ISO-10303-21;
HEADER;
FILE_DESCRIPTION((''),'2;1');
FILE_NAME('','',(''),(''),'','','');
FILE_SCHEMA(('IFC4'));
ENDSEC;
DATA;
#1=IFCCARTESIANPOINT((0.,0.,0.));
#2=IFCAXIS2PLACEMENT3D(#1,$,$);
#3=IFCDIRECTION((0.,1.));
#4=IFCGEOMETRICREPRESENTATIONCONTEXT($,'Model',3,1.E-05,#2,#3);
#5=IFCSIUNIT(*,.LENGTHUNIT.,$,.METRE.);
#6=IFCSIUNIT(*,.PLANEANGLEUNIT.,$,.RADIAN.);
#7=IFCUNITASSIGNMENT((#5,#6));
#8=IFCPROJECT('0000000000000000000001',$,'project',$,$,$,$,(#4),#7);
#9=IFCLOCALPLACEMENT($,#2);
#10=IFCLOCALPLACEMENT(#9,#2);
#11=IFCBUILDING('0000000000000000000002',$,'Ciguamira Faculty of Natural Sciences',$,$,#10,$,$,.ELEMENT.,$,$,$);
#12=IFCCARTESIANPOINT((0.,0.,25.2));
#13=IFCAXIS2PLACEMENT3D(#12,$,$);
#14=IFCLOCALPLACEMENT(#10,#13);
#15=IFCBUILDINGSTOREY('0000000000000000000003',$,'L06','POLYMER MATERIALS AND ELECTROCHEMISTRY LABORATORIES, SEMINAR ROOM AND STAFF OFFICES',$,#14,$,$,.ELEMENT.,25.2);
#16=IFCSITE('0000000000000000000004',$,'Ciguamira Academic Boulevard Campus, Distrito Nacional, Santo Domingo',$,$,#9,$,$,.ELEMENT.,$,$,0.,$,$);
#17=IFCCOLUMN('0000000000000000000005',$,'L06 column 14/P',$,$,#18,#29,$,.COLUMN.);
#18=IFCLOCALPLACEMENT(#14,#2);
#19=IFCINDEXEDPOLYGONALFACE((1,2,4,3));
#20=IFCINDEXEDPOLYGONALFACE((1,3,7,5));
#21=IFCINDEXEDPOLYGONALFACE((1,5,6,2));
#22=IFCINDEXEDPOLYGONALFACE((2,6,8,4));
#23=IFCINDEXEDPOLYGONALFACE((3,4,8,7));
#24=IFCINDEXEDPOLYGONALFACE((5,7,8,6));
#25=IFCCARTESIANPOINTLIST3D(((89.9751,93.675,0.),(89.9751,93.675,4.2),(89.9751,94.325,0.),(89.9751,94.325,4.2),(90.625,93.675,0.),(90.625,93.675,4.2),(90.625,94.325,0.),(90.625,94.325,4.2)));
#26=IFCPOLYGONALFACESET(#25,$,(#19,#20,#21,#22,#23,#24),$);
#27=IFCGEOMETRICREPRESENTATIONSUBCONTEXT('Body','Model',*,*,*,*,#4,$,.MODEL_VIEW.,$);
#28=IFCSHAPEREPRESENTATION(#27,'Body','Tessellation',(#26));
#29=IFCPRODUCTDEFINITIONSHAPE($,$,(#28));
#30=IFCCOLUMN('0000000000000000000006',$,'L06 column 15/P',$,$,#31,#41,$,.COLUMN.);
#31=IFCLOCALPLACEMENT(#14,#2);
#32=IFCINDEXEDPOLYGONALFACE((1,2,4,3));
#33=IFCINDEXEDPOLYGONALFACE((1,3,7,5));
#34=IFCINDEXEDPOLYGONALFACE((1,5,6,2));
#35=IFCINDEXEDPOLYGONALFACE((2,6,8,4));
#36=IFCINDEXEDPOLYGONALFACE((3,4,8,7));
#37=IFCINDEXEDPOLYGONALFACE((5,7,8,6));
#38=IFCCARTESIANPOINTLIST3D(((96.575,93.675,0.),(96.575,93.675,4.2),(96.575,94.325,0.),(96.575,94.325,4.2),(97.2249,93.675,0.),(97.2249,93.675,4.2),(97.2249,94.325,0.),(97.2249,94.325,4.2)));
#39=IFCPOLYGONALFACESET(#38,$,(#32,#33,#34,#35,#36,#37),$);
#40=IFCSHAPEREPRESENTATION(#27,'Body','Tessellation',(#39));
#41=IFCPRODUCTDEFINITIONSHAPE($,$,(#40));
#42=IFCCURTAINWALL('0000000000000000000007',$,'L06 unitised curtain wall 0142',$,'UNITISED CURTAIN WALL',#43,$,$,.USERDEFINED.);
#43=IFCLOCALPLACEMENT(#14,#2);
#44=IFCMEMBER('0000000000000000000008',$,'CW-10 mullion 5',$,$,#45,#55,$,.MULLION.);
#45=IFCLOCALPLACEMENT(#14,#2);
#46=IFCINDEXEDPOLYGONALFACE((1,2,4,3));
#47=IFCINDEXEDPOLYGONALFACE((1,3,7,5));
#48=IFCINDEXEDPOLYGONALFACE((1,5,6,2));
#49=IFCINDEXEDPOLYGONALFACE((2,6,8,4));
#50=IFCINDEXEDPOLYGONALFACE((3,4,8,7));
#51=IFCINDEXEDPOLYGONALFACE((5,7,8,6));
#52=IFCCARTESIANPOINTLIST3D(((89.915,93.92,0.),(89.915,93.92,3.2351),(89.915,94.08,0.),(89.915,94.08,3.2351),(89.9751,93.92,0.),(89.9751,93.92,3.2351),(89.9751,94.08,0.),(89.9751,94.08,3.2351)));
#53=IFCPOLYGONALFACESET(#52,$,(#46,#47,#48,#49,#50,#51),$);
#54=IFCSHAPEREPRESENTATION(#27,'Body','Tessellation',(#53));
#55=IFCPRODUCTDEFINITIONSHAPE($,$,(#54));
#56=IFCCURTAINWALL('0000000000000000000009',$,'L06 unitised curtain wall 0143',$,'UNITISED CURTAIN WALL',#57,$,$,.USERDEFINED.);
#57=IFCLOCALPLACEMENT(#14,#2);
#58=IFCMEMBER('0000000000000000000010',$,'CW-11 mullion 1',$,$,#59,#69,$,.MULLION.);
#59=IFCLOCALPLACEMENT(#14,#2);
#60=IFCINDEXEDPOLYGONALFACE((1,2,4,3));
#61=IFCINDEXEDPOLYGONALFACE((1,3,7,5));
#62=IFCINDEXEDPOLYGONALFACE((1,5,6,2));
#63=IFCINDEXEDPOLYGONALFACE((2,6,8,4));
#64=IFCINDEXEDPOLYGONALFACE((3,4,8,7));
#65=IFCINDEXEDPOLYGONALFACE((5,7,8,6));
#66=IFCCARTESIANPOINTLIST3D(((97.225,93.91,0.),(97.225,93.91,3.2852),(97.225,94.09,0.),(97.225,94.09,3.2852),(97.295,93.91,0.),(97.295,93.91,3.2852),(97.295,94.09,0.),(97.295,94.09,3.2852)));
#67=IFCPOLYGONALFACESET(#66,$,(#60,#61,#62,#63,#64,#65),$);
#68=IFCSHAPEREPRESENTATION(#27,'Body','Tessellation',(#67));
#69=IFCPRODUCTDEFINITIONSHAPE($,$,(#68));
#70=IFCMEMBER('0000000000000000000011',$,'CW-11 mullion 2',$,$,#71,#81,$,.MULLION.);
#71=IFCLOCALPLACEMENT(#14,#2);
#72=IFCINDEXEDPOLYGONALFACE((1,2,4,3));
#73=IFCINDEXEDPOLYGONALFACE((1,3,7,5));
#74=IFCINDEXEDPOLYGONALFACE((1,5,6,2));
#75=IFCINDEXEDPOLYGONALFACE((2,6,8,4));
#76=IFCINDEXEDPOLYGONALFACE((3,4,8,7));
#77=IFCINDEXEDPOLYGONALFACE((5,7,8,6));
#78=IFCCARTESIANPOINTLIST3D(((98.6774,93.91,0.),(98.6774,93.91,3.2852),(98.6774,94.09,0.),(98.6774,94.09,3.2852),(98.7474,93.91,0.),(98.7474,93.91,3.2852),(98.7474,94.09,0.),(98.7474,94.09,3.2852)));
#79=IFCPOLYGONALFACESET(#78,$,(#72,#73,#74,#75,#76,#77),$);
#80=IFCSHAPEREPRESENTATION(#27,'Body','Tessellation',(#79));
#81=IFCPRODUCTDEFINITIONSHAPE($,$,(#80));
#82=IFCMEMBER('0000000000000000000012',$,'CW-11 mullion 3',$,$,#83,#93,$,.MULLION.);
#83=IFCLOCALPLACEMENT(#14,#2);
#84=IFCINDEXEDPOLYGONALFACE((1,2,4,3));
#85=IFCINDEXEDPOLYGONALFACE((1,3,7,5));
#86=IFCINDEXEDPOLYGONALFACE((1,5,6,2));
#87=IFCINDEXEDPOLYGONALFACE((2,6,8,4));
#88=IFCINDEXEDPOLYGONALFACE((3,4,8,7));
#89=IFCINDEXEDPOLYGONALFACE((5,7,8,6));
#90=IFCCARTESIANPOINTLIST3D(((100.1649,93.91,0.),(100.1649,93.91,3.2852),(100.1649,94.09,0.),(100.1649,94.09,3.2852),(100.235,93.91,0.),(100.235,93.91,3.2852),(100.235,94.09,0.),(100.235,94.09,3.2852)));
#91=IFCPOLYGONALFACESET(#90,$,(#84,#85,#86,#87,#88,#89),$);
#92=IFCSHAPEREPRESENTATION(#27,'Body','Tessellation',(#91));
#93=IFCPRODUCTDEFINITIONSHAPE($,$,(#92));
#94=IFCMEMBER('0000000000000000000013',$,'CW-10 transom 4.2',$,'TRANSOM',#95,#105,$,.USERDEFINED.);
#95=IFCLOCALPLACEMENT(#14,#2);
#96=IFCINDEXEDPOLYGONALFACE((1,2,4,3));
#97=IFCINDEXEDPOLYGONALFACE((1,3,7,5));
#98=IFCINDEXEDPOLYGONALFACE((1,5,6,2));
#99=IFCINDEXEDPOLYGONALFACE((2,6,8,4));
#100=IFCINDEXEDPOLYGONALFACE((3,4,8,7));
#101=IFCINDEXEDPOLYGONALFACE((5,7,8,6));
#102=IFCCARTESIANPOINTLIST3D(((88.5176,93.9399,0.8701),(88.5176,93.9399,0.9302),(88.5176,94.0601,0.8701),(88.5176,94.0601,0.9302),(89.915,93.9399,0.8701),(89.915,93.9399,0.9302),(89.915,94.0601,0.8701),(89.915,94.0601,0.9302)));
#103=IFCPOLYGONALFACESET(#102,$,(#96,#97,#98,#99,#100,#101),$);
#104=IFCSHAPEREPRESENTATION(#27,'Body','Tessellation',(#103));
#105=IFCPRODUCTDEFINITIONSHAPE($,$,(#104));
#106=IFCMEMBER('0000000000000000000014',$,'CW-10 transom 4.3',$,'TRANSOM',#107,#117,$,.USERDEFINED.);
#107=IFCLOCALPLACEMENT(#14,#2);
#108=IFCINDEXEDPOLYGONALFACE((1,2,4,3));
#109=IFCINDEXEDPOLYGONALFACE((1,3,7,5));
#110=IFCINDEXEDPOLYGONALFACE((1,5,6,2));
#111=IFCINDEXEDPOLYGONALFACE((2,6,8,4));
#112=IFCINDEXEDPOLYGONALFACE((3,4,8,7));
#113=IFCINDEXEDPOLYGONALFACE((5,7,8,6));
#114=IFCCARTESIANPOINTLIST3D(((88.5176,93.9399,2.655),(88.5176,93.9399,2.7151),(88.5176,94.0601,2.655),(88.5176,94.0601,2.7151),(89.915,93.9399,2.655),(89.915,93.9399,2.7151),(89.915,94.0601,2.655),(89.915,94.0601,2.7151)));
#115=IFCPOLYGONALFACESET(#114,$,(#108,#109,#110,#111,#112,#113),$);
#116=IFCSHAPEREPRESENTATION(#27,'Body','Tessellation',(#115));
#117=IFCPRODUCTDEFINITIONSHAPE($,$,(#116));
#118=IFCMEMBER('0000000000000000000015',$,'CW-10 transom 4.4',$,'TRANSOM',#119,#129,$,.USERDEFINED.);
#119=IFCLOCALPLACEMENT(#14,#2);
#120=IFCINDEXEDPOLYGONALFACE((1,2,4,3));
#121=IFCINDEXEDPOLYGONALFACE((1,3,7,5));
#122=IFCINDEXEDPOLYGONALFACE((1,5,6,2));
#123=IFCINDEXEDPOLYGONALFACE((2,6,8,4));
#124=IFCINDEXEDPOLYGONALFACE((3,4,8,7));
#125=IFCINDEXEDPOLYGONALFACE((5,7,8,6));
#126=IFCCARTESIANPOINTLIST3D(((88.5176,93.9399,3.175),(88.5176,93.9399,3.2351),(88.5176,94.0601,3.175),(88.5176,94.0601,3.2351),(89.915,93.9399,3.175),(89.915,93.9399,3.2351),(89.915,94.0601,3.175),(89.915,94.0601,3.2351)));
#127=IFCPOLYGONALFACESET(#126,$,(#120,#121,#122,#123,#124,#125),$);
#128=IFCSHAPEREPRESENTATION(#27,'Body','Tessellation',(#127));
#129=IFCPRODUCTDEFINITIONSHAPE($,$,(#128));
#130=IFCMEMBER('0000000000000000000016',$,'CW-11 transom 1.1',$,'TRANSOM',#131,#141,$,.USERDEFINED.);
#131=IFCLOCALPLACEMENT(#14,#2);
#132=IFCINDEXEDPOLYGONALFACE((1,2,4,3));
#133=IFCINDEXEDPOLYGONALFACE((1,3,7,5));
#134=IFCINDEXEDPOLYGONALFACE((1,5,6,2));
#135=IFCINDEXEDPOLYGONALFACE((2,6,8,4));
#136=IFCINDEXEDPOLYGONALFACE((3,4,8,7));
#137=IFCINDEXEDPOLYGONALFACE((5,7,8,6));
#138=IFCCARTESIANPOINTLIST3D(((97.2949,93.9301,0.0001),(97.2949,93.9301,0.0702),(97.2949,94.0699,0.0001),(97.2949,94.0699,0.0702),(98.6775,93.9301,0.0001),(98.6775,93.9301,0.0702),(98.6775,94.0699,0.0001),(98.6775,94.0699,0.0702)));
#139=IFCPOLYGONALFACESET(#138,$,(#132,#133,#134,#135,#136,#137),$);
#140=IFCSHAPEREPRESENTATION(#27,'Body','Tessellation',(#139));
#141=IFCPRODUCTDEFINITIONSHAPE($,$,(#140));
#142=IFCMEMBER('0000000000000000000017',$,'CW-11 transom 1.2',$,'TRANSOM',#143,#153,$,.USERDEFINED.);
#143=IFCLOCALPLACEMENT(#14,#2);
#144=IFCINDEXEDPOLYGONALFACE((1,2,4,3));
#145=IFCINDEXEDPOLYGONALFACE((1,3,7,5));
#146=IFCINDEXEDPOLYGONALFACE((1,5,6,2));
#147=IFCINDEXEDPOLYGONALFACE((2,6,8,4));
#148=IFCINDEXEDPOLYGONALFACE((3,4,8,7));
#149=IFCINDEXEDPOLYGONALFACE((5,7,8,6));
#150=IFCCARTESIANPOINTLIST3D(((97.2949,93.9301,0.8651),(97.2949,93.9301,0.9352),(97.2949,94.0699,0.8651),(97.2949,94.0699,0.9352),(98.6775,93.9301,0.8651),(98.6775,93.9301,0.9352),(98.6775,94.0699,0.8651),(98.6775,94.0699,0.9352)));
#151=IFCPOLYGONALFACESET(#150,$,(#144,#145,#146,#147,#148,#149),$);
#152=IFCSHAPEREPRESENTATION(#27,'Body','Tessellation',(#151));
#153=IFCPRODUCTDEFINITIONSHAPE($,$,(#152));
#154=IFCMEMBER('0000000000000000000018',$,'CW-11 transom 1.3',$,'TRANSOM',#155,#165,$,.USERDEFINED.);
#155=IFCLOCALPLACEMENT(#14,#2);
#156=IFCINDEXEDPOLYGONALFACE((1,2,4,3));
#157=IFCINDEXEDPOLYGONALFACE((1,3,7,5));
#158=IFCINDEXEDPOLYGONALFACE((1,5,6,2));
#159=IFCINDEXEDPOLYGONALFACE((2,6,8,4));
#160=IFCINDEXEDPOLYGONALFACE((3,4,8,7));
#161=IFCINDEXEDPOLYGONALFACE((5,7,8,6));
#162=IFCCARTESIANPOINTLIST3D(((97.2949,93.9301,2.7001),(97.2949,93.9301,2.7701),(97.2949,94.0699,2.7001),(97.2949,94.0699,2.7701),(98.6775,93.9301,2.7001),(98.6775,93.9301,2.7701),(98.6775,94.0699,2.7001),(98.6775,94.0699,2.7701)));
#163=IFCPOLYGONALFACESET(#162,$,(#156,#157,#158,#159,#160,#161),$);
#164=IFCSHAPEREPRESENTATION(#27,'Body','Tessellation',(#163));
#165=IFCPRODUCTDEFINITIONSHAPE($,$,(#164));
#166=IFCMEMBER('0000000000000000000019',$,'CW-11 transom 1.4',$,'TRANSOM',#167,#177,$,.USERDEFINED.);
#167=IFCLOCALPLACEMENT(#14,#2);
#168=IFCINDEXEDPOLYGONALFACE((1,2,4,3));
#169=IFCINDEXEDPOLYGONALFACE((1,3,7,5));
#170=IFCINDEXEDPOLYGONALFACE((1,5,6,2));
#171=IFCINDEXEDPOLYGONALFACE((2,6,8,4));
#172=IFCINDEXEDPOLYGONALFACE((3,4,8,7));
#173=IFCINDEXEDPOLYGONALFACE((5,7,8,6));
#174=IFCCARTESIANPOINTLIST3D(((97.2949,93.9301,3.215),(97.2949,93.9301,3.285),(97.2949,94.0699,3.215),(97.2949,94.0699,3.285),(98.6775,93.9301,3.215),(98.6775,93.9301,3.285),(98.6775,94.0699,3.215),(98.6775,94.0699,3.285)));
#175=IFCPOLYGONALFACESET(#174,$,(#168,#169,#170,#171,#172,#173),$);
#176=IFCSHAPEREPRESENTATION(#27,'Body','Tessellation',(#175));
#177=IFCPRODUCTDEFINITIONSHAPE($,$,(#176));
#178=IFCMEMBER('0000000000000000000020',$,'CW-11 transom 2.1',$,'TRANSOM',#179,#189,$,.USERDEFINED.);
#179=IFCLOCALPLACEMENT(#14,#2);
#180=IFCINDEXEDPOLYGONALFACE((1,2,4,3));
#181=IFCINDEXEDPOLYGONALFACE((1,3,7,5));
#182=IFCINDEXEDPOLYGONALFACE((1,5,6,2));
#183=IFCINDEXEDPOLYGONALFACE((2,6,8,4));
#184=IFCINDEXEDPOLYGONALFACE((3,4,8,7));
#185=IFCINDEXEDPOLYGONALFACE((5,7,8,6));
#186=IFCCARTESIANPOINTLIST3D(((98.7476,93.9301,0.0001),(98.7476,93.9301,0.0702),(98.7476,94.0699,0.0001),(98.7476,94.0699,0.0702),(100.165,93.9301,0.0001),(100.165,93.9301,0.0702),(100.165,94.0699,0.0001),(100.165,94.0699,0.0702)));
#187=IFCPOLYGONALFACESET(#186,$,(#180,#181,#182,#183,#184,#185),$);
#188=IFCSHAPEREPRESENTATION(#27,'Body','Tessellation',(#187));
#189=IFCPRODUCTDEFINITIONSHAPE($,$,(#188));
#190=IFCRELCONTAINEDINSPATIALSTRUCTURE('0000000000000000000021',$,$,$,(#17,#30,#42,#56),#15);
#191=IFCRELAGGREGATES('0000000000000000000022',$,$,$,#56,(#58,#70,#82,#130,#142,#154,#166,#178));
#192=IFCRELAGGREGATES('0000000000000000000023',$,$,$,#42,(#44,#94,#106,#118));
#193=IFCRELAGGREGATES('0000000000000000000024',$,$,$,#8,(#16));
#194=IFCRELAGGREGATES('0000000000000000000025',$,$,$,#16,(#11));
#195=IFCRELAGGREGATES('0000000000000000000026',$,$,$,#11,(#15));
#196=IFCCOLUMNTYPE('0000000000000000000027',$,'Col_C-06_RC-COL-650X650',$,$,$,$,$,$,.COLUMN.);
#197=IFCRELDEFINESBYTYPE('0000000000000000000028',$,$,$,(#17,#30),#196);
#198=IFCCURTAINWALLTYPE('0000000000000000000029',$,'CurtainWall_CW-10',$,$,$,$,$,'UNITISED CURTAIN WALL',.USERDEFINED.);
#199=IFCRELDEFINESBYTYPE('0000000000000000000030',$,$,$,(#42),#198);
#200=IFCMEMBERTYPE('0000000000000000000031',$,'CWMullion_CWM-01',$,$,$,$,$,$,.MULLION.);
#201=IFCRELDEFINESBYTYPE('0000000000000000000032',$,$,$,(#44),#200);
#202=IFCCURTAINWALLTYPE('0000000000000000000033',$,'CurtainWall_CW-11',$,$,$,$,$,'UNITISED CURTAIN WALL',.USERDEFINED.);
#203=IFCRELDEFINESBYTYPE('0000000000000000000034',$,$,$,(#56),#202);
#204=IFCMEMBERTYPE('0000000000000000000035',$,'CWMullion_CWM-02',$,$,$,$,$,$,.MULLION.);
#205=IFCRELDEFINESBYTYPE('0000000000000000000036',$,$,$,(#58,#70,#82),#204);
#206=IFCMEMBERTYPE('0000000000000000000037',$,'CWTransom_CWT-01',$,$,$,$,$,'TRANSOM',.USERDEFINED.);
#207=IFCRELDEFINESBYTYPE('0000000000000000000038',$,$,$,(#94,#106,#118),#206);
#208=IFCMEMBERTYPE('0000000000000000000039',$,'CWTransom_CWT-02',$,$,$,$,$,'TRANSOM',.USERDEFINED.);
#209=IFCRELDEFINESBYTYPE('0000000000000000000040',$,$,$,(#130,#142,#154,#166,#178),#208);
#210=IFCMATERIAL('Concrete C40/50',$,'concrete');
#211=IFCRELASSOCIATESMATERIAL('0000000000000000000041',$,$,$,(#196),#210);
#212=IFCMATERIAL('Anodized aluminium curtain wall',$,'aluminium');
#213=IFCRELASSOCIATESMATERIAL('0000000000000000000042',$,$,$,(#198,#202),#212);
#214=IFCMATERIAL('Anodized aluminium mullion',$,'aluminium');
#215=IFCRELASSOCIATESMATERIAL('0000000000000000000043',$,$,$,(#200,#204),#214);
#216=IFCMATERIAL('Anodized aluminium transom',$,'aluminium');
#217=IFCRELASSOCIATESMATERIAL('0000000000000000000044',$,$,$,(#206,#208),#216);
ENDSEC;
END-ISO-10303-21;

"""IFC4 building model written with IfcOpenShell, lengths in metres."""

from ifc_helpers import new_model, si_unit, direction, frame, origin, origin_2d, place, context, subcontext, project, spatial, rectangle, extrude, material, material_profile, profile_set, type_object, element, aggregate, save


model = new_model("IFC4")

# Units and contexts
model_context = context("Model", 3, precision=1e-05, world=origin(), true_north=direction((0.0, 1.0)))
body_context = subcontext(model_context, "Body", "Model", "MODEL_VIEW")
ifc_project = project(units=[si_unit("LENGTHUNIT", "METRE"), si_unit("PLANEANGLEUNIT", "RADIAN")], contexts=[model_context])

# Site, building, storey
site_placement = place(None, origin())
site = spatial("IfcSite", under=ifc_project, at=site_placement, Name="Ciguamira Academic Boulevard Campus, Distrito Nacional, Santo Domingo", CompositionType="ELEMENT", RefElevation=0.0)
building_placement = place(site_placement, origin())
building = spatial("IfcBuilding", under=site, at=building_placement, Name="Ciguamira Faculty of Natural Sciences", CompositionType="ELEMENT")
storey_placement = place(building_placement, frame((0.0, 0.0, 25.2)))
storey = spatial("IfcBuildingStorey", under=building, at=storey_placement, Name="L06", Description="POLYMER MATERIALS AND ELECTROCHEMISTRY LABORATORIES, SEMINAR ROOM AND STAFF OFFICES", CompositionType="ELEMENT", Elevation=25.2)

# Columns
ifc_material_1 = material(Name="Concrete C40/50", Category="concrete")
ifc_material_profile_1 = material_profile(ifc_material_1, rectangle(XDim=0.6499, YDim=0.6499, at=origin_2d()), Name="RC-COL-650X650")
ifc_profile_set_1 = profile_set([ifc_material_profile_1], Name="Concrete C40/50")
column_type = type_object("IfcColumnType", Name="Col_C-06_RC-COL-650X650", PredefinedType="COLUMN", material=ifc_profile_set_1)
for number, where, z_axis, x_axis, name in (
    (1, (90.3, 94.0, 0.0), (0.0, 0.0, 1.0), (1.0, 0.0, 0.0), "L06 column 14/P"),
    (2, (96.8999, 94.0, 0.0), (0.0, 0.0, 1.0), (1.0, 0.0, 0.0), "L06 column 15/P"),
):
    element("IfcColumn", number, at=place(storey_placement, frame(where, z_axis=z_axis, x_axis=x_axis)), inside=storey, type_object=column_type, Name=name, PredefinedType="COLUMN", context=body_context, shape_type="SweptSolid", body=[
        extrude(rectangle(XDim=0.6499, YDim=0.6499, at=origin_2d()), origin(), (0.0, 0.0, 1.0), 4.2),
    ])

# Curtain wall, member
ifc_material_2 = material(Name="Anodized aluminium curtain wall", Category="aluminium")
curtain_wall_type_1 = type_object("IfcCurtainWallType", Name="CurtainWall_CW-10", ElementType="UNITISED CURTAIN WALL", PredefinedType="USERDEFINED", material=ifc_material_2)
curtain_wall_1_placement = place(storey_placement, origin())
curtain_wall_1 = element("IfcCurtainWall", 3, at=curtain_wall_1_placement, inside=storey, type_object=curtain_wall_type_1, Name="L06 unitised curtain wall 0142", ObjectType="UNITISED CURTAIN WALL", PredefinedType="USERDEFINED")
ifc_material_3 = material(Name="Anodized aluminium mullion", Category="aluminium")
ifc_material_profile_2 = material_profile(ifc_material_3, rectangle(XDim=0.0601, YDim=0.1599, at=origin_2d()), Name="ALU-MUL-60X160")
ifc_profile_set_2 = profile_set([ifc_material_profile_2], Name="Anodized aluminium mullion")
member_type_1 = type_object("IfcMemberType", Name="CWMullion_CWM-01", PredefinedType="MULLION", material=ifc_profile_set_2)
member_1_placement = place(storey_placement, frame((89.9451, 94.0, 0.0), z_axis=(0.0, 0.0, 1.0), x_axis=(1.0, 0.0, 0.0)))
member_1 = element("IfcMember", 4, at=member_1_placement, type_object=member_type_1, Name="CW-10 mullion 5", PredefinedType="MULLION", context=body_context, shape_type="SweptSolid", body=[
    extrude(rectangle(XDim=0.0601, YDim=0.1599, at=origin_2d()), origin(), (0.0, 0.0, 1.0), 3.2351),
])

# Curtain wall, members
curtain_wall_type_2 = type_object("IfcCurtainWallType", Name="CurtainWall_CW-11", ElementType="UNITISED CURTAIN WALL", PredefinedType="USERDEFINED", material=ifc_material_2)
curtain_wall_2_placement = place(storey_placement, origin())
curtain_wall_2 = element("IfcCurtainWall", 5, at=curtain_wall_2_placement, inside=storey, type_object=curtain_wall_type_2, Name="L06 unitised curtain wall 0143", ObjectType="UNITISED CURTAIN WALL", PredefinedType="USERDEFINED")
ifc_material_profile_3 = material_profile(ifc_material_3, rectangle(XDim=0.0701, YDim=0.1799, at=origin_2d()), Name="ALU-MUL-70X180")
ifc_profile_set_3 = profile_set([ifc_material_profile_3], Name="Anodized aluminium mullion")
member_type_2 = type_object("IfcMemberType", Name="CWMullion_CWM-02", PredefinedType="MULLION", material=ifc_profile_set_3)
member_2_placement = place(storey_placement, frame((97.26, 94.0, 0.0), z_axis=(0.0, 0.0, 1.0), x_axis=(1.0, 0.0, 0.0)))
member_2 = element("IfcMember", 6, at=member_2_placement, type_object=member_type_2, Name="CW-11 mullion 1", PredefinedType="MULLION", context=body_context, shape_type="SweptSolid", body=[
    extrude(rectangle(XDim=0.0701, YDim=0.1799, at=origin_2d()), origin(), (0.0, 0.0, 1.0), 3.2852),
])
member_3_placement = place(storey_placement, frame((98.7124, 94.0, 0.0), z_axis=(0.0, 0.0, 1.0), x_axis=(1.0, 0.0, 0.0)))
member_3 = element("IfcMember", 7, at=member_3_placement, type_object=member_type_2, Name="CW-11 mullion 2", PredefinedType="MULLION", context=body_context, shape_type="SweptSolid", body=[
    extrude(rectangle(XDim=0.0701, YDim=0.1799, at=origin_2d()), origin(), (0.0, 0.0, 1.0), 3.2852),
])
member_4_placement = place(storey_placement, frame((100.2, 94.0, 0.0), z_axis=(0.0, 0.0, 1.0), x_axis=(1.0, 0.0, 0.0)))
member_4 = element("IfcMember", 8, at=member_4_placement, type_object=member_type_2, Name="CW-11 mullion 3", PredefinedType="MULLION", context=body_context, shape_type="SweptSolid", body=[
    extrude(rectangle(XDim=0.0701, YDim=0.1799, at=origin_2d()), origin(), (0.0, 0.0, 1.0), 3.2852),
])

# Members
ifc_material_4 = material(Name="Anodized aluminium transom", Category="aluminium")
ifc_material_profile_4 = material_profile(ifc_material_4, rectangle(XDim=0.0601, YDim=0.1201, at=origin_2d()), Name="ALU-TRN-60X120")
ifc_profile_set_4 = profile_set([ifc_material_profile_4], Name="Anodized aluminium transom")
member_type_3 = type_object("IfcMemberType", Name="CWTransom_CWT-01", ElementType="TRANSOM", PredefinedType="USERDEFINED", material=ifc_profile_set_4)
member_5_placement = place(storey_placement, frame((88.5176, 94.0, 0.9001), z_axis=(1.0, 0.0, 0.0), x_axis=(0.0, 0.0, 1.0)))
member_5 = element("IfcMember", 9, at=member_5_placement, type_object=member_type_3, Name="CW-10 transom 4.2", ObjectType="TRANSOM", PredefinedType="USERDEFINED", context=body_context, shape_type="SweptSolid", body=[
    extrude(rectangle(XDim=0.0601, YDim=0.1201, at=origin_2d()), origin(), (0.0, 0.0, 1.0), 1.3975),
])
member_6_placement = place(storey_placement, frame((88.5176, 94.0, 2.6851), z_axis=(1.0, 0.0, 0.0), x_axis=(0.0, 0.0, 1.0)))
member_6 = element("IfcMember", 10, at=member_6_placement, type_object=member_type_3, Name="CW-10 transom 4.3", ObjectType="TRANSOM", PredefinedType="USERDEFINED", context=body_context, shape_type="SweptSolid", body=[
    extrude(rectangle(XDim=0.0601, YDim=0.1201, at=origin_2d()), origin(), (0.0, 0.0, 1.0), 1.3975),
])
member_7_placement = place(storey_placement, frame((88.5176, 94.0, 3.2051), z_axis=(1.0, 0.0, 0.0), x_axis=(0.0, 0.0, 1.0)))
member_7 = element("IfcMember", 11, at=member_7_placement, type_object=member_type_3, Name="CW-10 transom 4.4", ObjectType="TRANSOM", PredefinedType="USERDEFINED", context=body_context, shape_type="SweptSolid", body=[
    extrude(rectangle(XDim=0.0601, YDim=0.1201, at=origin_2d()), origin(), (0.0, 0.0, 1.0), 1.3975),
])
ifc_material_profile_5 = material_profile(ifc_material_4, rectangle(XDim=0.0701, YDim=0.1399, at=origin_2d()), Name="ALU-TRN-70X140")
ifc_profile_set_5 = profile_set([ifc_material_profile_5], Name="Anodized aluminium transom")
member_type_4 = type_object("IfcMemberType", Name="CWTransom_CWT-02", ElementType="TRANSOM", PredefinedType="USERDEFINED", material=ifc_profile_set_5)
member_8_placement = place(storey_placement, frame((97.2949, 94.0, 0.0352), z_axis=(1.0, 0.0, 0.0), x_axis=(0.0, 0.0, 1.0)))
member_8 = element("IfcMember", 12, at=member_8_placement, type_object=member_type_4, Name="CW-11 transom 1.1", ObjectType="TRANSOM", PredefinedType="USERDEFINED", context=body_context, shape_type="SweptSolid", body=[
    extrude(rectangle(XDim=0.0701, YDim=0.1399, at=origin_2d()), origin(), (0.0, 0.0, 1.0), 1.3826),
])
member_9_placement = place(storey_placement, frame((97.2949, 94.0, 0.9001), z_axis=(1.0, 0.0, 0.0), x_axis=(0.0, 0.0, 1.0)))
member_9 = element("IfcMember", 13, at=member_9_placement, type_object=member_type_4, Name="CW-11 transom 1.2", ObjectType="TRANSOM", PredefinedType="USERDEFINED", context=body_context, shape_type="SweptSolid", body=[
    extrude(rectangle(XDim=0.0701, YDim=0.1399, at=origin_2d()), origin(), (0.0, 0.0, 1.0), 1.3826),
])
member_10_placement = place(storey_placement, frame((97.2949, 94.0, 2.7351), z_axis=(1.0, 0.0, 0.0), x_axis=(0.0, 0.0, 1.0)))
member_10 = element("IfcMember", 14, at=member_10_placement, type_object=member_type_4, Name="CW-11 transom 1.3", ObjectType="TRANSOM", PredefinedType="USERDEFINED", context=body_context, shape_type="SweptSolid", body=[
    extrude(rectangle(XDim=0.0701, YDim=0.1399, at=origin_2d()), origin(), (0.0, 0.0, 1.0), 1.3826),
])
member_11_placement = place(storey_placement, frame((97.2949, 94.0, 3.25), z_axis=(1.0, 0.0, 0.0), x_axis=(0.0, 0.0, 1.0)))
member_11 = element("IfcMember", 15, at=member_11_placement, type_object=member_type_4, Name="CW-11 transom 1.4", ObjectType="TRANSOM", PredefinedType="USERDEFINED", context=body_context, shape_type="SweptSolid", body=[
    extrude(rectangle(XDim=0.0701, YDim=0.1399, at=origin_2d()), origin(), (0.0, 0.0, 1.0), 1.3826),
])
member_12_placement = place(storey_placement, frame((98.7476, 94.0, 0.0352), z_axis=(1.0, 0.0, 0.0), x_axis=(0.0, 0.0, 1.0)))
member_12 = element("IfcMember", 16, at=member_12_placement, type_object=member_type_4, Name="CW-11 transom 2.1", ObjectType="TRANSOM", PredefinedType="USERDEFINED", context=body_context, shape_type="SweptSolid", body=[
    extrude(rectangle(XDim=0.0701, YDim=0.1399, at=origin_2d()), origin(), (0.0, 0.0, 1.0), 1.4175),
])

aggregate(curtain_wall_2, [member_2, member_3, member_4, member_8, member_9, member_10, member_11, member_12])
aggregate(curtain_wall_1, [member_1, member_5, member_6, member_7])

save(model, "model.ifc")
